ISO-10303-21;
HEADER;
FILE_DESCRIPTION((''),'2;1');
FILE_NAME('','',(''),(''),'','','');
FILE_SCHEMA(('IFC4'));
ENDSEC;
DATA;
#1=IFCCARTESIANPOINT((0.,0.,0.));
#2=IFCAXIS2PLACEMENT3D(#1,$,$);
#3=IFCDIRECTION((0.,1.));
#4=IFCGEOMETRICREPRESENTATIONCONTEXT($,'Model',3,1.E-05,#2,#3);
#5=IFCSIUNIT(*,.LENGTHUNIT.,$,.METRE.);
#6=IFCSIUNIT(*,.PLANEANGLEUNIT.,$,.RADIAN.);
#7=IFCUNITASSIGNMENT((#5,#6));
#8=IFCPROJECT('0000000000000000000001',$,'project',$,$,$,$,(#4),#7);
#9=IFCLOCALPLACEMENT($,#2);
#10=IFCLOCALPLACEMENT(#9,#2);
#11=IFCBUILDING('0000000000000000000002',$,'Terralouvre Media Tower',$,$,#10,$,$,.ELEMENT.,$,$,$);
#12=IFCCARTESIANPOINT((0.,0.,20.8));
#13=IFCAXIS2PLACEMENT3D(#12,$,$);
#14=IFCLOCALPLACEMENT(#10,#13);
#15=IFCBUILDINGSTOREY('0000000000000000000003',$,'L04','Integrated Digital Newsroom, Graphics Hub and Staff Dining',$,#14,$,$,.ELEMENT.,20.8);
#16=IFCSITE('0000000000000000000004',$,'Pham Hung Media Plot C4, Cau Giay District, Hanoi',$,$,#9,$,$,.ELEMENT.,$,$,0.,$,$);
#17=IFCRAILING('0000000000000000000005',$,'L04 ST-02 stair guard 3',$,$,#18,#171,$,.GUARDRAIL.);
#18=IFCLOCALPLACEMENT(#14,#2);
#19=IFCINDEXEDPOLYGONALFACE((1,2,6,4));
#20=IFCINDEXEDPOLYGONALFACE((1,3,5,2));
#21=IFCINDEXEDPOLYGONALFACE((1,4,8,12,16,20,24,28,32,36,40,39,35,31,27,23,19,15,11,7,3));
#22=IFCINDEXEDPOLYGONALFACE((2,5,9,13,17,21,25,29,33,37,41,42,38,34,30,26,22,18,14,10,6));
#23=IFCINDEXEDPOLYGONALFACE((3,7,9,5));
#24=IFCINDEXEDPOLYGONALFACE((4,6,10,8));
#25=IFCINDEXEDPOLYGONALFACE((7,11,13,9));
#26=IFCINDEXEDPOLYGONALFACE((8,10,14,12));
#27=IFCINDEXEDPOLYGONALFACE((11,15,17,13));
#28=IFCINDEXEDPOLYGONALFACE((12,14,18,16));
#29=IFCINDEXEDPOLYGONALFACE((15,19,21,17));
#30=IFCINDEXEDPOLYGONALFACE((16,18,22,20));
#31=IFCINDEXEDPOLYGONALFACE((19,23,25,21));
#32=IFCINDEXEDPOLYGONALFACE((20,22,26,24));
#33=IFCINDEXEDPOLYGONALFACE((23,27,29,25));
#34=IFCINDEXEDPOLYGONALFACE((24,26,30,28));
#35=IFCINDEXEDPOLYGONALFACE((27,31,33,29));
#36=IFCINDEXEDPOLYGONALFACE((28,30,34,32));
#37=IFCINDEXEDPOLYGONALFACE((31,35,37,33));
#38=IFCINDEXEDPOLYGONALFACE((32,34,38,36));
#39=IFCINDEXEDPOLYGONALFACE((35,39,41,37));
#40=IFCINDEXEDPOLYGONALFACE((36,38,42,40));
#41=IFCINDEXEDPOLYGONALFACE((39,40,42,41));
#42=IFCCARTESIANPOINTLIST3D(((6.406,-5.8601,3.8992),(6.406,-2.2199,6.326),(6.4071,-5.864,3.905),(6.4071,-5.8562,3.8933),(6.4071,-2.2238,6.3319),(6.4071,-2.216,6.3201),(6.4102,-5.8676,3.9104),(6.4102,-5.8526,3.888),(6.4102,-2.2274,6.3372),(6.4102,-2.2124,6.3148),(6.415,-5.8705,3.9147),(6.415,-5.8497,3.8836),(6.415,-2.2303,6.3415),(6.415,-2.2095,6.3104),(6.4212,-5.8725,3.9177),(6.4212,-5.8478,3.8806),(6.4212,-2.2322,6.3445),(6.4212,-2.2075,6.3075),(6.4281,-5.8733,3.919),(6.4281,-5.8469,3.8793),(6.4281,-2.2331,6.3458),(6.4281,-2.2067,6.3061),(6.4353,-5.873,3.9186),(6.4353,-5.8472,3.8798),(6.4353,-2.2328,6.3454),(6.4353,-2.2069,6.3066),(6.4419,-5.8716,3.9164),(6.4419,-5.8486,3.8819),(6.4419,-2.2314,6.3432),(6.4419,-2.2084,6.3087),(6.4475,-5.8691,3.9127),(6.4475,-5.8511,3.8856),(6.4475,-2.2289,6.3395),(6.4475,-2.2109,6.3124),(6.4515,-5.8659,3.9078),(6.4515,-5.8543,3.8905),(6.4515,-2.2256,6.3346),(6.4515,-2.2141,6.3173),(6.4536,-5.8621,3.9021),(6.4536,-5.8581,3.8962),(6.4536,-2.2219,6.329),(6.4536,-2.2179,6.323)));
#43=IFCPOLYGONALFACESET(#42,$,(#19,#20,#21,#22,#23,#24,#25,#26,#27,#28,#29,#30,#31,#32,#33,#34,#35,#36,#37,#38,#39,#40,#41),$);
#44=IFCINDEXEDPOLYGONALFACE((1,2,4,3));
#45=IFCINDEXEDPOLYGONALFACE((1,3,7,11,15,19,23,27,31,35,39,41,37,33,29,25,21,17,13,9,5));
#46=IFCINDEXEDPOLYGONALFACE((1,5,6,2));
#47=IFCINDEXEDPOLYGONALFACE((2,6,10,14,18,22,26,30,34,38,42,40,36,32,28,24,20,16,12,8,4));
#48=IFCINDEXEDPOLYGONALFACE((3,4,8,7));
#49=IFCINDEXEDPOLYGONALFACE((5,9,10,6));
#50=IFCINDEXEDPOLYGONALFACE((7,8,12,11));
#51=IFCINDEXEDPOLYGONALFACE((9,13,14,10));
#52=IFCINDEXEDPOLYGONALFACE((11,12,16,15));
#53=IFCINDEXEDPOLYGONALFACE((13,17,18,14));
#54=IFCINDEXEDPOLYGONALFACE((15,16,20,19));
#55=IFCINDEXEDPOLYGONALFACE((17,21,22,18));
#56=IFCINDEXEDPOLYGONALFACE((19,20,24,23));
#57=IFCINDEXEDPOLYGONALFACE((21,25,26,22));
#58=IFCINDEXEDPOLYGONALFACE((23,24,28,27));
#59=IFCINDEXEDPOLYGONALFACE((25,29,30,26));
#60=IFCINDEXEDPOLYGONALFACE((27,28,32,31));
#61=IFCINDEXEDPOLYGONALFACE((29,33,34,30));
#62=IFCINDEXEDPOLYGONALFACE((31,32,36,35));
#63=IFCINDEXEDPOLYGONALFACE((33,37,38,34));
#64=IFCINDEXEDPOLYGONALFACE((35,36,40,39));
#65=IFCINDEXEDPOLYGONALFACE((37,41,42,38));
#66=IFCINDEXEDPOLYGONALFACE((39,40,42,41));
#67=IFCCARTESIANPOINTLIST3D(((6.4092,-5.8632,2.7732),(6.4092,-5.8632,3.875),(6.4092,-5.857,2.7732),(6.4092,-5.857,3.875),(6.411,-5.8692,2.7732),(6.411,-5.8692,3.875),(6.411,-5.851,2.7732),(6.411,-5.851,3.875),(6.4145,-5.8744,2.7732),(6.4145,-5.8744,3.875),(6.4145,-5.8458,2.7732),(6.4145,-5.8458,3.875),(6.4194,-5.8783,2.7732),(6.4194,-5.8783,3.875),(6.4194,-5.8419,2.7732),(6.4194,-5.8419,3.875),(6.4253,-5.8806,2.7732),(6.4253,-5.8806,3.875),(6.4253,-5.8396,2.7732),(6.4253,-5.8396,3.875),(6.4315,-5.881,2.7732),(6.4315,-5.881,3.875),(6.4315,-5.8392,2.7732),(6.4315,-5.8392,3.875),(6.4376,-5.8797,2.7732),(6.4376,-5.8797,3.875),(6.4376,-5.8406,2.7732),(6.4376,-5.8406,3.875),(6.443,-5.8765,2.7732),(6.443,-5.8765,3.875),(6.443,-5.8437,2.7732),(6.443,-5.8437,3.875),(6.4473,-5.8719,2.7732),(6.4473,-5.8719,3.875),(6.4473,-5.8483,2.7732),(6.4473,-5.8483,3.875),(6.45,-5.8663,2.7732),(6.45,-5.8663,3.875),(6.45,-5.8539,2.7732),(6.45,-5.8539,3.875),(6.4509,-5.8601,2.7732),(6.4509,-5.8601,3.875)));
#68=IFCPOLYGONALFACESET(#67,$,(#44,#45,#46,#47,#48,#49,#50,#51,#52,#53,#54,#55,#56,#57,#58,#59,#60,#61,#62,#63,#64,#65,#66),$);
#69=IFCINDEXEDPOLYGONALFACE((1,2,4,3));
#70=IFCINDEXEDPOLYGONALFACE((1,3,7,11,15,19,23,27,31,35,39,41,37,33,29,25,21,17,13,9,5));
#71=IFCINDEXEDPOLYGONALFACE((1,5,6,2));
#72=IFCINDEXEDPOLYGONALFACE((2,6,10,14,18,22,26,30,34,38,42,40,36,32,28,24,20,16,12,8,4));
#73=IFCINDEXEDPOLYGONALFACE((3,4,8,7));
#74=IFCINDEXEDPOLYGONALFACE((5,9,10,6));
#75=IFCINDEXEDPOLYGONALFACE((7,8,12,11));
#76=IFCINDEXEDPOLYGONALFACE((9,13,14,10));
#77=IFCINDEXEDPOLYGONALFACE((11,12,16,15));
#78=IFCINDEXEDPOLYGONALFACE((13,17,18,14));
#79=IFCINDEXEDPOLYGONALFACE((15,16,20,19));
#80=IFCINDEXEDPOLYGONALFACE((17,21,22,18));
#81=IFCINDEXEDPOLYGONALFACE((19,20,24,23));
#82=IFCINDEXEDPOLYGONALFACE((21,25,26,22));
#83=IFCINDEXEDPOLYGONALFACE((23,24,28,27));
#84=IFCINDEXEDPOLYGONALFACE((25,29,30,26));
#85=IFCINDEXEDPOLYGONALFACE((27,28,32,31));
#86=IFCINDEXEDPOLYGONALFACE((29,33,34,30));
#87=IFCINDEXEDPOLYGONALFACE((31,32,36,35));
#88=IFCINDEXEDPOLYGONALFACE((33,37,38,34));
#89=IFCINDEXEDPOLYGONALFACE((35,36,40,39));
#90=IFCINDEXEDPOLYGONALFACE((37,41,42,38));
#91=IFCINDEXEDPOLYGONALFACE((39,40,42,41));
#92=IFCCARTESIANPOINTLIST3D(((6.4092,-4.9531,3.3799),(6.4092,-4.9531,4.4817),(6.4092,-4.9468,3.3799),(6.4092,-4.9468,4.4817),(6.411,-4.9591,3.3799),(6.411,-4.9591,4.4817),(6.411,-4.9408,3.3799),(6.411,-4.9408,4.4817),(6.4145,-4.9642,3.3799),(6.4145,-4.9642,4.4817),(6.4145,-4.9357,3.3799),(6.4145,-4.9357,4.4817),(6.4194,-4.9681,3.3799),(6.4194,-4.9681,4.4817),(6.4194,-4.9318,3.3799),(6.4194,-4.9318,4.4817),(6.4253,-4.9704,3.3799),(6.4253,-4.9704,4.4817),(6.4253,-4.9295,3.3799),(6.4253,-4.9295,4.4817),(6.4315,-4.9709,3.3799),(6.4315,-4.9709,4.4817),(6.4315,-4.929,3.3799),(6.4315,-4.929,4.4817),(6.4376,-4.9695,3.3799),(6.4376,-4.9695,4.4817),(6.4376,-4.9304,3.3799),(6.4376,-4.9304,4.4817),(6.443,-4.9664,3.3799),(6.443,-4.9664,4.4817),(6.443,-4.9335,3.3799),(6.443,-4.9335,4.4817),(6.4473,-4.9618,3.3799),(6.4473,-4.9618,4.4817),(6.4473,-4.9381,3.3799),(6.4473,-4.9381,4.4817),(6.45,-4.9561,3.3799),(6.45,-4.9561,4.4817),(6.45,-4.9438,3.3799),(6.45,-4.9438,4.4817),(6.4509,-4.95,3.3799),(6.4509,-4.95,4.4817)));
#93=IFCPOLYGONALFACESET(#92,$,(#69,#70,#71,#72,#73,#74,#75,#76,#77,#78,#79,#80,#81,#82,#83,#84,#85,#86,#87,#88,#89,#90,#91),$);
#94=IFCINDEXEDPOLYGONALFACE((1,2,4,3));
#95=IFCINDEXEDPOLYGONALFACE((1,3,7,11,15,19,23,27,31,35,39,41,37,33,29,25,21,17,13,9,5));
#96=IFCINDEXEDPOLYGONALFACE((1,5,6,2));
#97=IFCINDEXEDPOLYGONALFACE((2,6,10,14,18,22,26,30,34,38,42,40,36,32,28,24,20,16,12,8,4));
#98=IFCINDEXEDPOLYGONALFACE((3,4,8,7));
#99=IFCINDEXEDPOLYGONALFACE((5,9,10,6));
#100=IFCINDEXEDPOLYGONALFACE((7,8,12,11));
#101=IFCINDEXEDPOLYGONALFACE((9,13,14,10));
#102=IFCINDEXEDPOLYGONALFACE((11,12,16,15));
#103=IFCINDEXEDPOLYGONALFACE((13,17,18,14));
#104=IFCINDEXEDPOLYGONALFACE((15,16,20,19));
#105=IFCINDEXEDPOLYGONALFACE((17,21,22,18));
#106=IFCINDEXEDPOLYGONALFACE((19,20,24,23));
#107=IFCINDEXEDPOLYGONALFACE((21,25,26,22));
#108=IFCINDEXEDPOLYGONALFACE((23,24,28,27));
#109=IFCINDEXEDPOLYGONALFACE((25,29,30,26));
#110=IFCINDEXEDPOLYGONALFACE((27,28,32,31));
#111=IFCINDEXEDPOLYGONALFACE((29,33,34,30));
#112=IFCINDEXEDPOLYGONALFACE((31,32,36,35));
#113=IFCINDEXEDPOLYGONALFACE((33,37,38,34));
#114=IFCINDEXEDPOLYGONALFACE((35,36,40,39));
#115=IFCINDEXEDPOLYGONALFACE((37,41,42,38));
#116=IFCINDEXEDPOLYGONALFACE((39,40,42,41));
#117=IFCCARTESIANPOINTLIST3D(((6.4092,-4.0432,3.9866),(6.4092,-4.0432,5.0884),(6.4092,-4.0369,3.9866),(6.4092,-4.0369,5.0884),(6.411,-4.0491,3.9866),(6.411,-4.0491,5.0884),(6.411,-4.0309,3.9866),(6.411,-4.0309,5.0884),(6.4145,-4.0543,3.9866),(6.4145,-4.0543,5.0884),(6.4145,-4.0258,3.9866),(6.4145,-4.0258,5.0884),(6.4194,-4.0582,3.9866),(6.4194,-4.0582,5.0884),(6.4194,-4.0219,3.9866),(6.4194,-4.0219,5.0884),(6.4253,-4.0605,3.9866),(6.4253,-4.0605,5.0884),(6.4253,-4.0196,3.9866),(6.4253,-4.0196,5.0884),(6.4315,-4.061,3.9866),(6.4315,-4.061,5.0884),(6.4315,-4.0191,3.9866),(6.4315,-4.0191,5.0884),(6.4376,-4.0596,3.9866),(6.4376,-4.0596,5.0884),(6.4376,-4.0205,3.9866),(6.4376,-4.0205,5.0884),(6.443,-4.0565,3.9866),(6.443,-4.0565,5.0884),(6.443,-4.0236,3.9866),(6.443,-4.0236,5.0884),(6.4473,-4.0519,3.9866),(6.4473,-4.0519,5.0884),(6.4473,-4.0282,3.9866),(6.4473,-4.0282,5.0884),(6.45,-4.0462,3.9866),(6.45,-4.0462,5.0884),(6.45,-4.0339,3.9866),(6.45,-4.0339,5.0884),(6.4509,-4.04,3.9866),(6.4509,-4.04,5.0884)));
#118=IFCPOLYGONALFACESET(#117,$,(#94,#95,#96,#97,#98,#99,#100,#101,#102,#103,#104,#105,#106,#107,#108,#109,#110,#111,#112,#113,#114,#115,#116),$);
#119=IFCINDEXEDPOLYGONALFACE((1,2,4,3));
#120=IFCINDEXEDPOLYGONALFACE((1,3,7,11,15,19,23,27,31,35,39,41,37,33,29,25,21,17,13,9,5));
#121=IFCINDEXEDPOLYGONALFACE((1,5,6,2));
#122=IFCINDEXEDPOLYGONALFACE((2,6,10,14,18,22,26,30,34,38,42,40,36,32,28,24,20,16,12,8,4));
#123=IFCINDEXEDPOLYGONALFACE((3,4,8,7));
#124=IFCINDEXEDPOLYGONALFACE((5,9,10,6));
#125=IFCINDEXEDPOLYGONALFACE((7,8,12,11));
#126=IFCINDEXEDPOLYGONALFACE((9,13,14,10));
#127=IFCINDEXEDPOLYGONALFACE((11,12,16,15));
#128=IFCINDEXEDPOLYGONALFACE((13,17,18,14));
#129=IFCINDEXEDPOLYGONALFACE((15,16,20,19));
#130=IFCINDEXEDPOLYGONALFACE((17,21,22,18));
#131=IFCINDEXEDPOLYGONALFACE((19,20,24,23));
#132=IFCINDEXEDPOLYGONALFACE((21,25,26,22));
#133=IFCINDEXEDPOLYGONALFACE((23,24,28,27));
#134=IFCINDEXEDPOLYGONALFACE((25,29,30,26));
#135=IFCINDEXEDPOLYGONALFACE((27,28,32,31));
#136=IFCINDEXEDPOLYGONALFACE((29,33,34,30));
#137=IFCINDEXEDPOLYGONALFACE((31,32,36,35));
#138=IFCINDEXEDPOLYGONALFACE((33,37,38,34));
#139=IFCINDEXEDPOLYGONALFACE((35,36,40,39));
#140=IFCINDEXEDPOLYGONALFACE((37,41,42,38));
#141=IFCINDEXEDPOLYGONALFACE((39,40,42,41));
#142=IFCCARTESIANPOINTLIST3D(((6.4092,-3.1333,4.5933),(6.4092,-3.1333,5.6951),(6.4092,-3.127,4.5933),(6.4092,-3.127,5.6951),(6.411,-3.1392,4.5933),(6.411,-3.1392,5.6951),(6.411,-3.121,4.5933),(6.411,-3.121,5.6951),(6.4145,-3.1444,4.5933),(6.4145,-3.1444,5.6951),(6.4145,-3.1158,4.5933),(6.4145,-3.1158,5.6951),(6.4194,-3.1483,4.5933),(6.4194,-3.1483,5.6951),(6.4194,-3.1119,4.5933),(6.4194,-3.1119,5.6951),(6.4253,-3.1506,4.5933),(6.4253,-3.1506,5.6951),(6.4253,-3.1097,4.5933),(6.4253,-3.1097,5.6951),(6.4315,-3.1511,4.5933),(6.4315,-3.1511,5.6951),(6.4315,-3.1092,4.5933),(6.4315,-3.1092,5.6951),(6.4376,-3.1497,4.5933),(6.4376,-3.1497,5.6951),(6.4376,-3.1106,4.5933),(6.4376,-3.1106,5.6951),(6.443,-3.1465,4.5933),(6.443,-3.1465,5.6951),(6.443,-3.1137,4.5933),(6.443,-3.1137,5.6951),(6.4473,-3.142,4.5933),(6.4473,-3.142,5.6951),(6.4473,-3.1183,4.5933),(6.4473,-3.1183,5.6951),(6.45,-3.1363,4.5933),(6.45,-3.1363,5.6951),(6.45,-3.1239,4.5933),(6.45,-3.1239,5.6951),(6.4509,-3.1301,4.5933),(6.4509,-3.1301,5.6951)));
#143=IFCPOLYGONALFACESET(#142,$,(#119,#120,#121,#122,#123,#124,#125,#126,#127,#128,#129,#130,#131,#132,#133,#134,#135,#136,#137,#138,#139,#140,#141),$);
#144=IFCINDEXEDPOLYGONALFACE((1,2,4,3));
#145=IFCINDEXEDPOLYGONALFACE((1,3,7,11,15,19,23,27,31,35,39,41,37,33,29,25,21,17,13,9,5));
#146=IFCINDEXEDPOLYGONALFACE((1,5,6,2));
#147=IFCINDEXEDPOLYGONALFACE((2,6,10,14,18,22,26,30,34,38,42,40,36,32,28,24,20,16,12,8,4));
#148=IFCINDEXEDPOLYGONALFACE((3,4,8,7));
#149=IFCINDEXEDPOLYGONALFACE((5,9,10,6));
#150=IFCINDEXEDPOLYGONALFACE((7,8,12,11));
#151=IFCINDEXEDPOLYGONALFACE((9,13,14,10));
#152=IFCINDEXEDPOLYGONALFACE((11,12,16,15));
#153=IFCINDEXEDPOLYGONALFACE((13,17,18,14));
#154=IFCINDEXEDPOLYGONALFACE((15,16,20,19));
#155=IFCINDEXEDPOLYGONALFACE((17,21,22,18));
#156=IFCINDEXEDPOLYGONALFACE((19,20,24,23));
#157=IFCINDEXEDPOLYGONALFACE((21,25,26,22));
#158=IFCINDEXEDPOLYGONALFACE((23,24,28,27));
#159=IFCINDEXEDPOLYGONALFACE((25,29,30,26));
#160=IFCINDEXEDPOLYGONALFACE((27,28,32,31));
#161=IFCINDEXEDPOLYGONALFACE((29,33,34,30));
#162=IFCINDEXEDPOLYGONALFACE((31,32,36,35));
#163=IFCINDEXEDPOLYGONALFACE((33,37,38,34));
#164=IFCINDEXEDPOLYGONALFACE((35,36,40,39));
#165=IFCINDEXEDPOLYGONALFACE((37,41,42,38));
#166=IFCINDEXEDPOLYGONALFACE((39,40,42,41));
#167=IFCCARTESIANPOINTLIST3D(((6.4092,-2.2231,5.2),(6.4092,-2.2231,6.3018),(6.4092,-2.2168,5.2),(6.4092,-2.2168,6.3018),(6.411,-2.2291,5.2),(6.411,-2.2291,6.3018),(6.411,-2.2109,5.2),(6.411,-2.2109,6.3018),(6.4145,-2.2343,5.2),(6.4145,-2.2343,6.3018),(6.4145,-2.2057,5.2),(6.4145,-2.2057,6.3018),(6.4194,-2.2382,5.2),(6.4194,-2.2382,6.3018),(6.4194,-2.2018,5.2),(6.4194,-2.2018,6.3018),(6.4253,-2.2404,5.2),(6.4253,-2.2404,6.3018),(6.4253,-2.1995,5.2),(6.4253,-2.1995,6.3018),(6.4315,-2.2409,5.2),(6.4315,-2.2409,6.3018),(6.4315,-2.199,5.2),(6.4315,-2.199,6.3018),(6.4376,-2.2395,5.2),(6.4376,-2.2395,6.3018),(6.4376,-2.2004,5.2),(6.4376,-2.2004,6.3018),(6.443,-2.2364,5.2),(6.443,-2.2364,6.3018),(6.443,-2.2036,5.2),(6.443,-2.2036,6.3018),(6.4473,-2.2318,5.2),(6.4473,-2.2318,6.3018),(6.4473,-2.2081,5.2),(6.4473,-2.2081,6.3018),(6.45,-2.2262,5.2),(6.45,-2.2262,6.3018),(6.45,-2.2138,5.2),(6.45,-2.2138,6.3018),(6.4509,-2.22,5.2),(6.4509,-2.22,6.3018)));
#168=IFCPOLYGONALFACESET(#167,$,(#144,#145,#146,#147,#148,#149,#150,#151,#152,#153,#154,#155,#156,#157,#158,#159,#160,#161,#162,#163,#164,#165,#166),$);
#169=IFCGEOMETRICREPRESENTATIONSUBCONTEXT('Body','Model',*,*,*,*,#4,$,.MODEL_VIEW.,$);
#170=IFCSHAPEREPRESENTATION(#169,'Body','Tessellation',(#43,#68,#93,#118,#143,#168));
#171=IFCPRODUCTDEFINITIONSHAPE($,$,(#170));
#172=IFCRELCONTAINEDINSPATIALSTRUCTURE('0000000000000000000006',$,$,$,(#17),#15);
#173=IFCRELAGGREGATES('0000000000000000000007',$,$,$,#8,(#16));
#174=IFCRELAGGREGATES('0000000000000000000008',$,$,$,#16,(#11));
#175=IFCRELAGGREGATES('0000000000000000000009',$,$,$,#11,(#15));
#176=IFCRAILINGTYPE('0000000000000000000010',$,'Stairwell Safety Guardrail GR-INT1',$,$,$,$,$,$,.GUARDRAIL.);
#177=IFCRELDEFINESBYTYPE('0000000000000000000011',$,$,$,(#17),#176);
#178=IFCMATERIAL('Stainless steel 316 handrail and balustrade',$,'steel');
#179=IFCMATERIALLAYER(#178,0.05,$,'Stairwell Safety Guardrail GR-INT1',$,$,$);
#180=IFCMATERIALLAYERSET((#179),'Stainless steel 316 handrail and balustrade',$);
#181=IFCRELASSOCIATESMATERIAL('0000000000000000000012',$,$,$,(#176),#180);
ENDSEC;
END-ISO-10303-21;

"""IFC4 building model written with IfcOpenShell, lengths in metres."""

from ifc_helpers import new_model, si_unit, direction, frame, origin, origin_2d, place, context, subcontext, project, spatial, circle, extrude, material, layer, layer_set, type_object, element, save


model = new_model("IFC4")

# Units and contexts
model_context = context("Model", 3, precision=1e-05, world=origin(), true_north=direction((0.0, 1.0)))
body_context = subcontext(model_context, "Body", "Model", "MODEL_VIEW")
ifc_project = project(units=[si_unit("LENGTHUNIT", "METRE"), si_unit("PLANEANGLEUNIT", "RADIAN")], contexts=[model_context])

# Site, building, storey
site_placement = place(None, origin())
site = spatial("IfcSite", under=ifc_project, at=site_placement, Name="Pham Hung Media Plot C4, Cau Giay District, Hanoi", CompositionType="ELEMENT", RefElevation=0.0)
building_placement = place(site_placement, origin())
building = spatial("IfcBuilding", under=site, at=building_placement, Name="Terralouvre Media Tower", CompositionType="ELEMENT")
storey_placement = place(building_placement, frame((0.0, 0.0, 20.8)))
storey = spatial("IfcBuildingStorey", under=building, at=storey_placement, Name="L04", Description="Integrated Digital Newsroom, Graphics Hub and Staff Dining", CompositionType="ELEMENT", Elevation=20.8)

# Railing
ifc_material_1 = material(Name="Stainless steel 316 handrail and balustrade", Category="steel")
ifc_layer_1 = layer(ifc_material_1, 0.05, Name="Stairwell Safety Guardrail GR-INT1")
ifc_layer_set_1 = layer_set([ifc_layer_1], Name="Stainless steel 316 handrail and balustrade")
railing_type_1 = type_object("IfcRailingType", Name="Stairwell Safety Guardrail GR-INT1", PredefinedType="GUARDRAIL", material=ifc_layer_set_1)
railing_1_placement = place(storey_placement, frame((6.4299, -5.8601, 2.7732)))
element("IfcRailing", 1, at=railing_1_placement, inside=storey, type_object=railing_type_1, Name="L04 ST-02 stair guard 3", PredefinedType="GUARDRAIL", context=body_context, shape_type="SweptSolid", body=[
    extrude(circle(Radius=0.0239, at=origin_2d()), frame((0.0, 0.0, 1.126), z_axis=(0.0, 0.83205, 0.5547), x_axis=(-1.0, 0.0, 0.0)), (0.0, 0.0, 1.0), 4.375),
    extrude(circle(Radius=0.021, at=origin_2d()), origin(), (0.0, 0.0, 1.0), 1.1018),
    extrude(circle(Radius=0.021, at=origin_2d()), frame((0.0, 0.9102, 0.6067)), (0.0, 0.0, 1.0), 1.1018),
    extrude(circle(Radius=0.021, at=origin_2d()), frame((0.0, 1.8201, 1.2134)), (0.0, 0.0, 1.0), 1.1018),
    extrude(circle(Radius=0.021, at=origin_2d()), frame((0.0, 2.73, 1.8201)), (0.0, 0.0, 1.0), 1.1018),
    extrude(circle(Radius=0.021, at=origin_2d()), frame((0.0, 3.6401, 2.4268)), (0.0, 0.0, 1.0), 1.1018),
])

save(model, "model.ifc")
